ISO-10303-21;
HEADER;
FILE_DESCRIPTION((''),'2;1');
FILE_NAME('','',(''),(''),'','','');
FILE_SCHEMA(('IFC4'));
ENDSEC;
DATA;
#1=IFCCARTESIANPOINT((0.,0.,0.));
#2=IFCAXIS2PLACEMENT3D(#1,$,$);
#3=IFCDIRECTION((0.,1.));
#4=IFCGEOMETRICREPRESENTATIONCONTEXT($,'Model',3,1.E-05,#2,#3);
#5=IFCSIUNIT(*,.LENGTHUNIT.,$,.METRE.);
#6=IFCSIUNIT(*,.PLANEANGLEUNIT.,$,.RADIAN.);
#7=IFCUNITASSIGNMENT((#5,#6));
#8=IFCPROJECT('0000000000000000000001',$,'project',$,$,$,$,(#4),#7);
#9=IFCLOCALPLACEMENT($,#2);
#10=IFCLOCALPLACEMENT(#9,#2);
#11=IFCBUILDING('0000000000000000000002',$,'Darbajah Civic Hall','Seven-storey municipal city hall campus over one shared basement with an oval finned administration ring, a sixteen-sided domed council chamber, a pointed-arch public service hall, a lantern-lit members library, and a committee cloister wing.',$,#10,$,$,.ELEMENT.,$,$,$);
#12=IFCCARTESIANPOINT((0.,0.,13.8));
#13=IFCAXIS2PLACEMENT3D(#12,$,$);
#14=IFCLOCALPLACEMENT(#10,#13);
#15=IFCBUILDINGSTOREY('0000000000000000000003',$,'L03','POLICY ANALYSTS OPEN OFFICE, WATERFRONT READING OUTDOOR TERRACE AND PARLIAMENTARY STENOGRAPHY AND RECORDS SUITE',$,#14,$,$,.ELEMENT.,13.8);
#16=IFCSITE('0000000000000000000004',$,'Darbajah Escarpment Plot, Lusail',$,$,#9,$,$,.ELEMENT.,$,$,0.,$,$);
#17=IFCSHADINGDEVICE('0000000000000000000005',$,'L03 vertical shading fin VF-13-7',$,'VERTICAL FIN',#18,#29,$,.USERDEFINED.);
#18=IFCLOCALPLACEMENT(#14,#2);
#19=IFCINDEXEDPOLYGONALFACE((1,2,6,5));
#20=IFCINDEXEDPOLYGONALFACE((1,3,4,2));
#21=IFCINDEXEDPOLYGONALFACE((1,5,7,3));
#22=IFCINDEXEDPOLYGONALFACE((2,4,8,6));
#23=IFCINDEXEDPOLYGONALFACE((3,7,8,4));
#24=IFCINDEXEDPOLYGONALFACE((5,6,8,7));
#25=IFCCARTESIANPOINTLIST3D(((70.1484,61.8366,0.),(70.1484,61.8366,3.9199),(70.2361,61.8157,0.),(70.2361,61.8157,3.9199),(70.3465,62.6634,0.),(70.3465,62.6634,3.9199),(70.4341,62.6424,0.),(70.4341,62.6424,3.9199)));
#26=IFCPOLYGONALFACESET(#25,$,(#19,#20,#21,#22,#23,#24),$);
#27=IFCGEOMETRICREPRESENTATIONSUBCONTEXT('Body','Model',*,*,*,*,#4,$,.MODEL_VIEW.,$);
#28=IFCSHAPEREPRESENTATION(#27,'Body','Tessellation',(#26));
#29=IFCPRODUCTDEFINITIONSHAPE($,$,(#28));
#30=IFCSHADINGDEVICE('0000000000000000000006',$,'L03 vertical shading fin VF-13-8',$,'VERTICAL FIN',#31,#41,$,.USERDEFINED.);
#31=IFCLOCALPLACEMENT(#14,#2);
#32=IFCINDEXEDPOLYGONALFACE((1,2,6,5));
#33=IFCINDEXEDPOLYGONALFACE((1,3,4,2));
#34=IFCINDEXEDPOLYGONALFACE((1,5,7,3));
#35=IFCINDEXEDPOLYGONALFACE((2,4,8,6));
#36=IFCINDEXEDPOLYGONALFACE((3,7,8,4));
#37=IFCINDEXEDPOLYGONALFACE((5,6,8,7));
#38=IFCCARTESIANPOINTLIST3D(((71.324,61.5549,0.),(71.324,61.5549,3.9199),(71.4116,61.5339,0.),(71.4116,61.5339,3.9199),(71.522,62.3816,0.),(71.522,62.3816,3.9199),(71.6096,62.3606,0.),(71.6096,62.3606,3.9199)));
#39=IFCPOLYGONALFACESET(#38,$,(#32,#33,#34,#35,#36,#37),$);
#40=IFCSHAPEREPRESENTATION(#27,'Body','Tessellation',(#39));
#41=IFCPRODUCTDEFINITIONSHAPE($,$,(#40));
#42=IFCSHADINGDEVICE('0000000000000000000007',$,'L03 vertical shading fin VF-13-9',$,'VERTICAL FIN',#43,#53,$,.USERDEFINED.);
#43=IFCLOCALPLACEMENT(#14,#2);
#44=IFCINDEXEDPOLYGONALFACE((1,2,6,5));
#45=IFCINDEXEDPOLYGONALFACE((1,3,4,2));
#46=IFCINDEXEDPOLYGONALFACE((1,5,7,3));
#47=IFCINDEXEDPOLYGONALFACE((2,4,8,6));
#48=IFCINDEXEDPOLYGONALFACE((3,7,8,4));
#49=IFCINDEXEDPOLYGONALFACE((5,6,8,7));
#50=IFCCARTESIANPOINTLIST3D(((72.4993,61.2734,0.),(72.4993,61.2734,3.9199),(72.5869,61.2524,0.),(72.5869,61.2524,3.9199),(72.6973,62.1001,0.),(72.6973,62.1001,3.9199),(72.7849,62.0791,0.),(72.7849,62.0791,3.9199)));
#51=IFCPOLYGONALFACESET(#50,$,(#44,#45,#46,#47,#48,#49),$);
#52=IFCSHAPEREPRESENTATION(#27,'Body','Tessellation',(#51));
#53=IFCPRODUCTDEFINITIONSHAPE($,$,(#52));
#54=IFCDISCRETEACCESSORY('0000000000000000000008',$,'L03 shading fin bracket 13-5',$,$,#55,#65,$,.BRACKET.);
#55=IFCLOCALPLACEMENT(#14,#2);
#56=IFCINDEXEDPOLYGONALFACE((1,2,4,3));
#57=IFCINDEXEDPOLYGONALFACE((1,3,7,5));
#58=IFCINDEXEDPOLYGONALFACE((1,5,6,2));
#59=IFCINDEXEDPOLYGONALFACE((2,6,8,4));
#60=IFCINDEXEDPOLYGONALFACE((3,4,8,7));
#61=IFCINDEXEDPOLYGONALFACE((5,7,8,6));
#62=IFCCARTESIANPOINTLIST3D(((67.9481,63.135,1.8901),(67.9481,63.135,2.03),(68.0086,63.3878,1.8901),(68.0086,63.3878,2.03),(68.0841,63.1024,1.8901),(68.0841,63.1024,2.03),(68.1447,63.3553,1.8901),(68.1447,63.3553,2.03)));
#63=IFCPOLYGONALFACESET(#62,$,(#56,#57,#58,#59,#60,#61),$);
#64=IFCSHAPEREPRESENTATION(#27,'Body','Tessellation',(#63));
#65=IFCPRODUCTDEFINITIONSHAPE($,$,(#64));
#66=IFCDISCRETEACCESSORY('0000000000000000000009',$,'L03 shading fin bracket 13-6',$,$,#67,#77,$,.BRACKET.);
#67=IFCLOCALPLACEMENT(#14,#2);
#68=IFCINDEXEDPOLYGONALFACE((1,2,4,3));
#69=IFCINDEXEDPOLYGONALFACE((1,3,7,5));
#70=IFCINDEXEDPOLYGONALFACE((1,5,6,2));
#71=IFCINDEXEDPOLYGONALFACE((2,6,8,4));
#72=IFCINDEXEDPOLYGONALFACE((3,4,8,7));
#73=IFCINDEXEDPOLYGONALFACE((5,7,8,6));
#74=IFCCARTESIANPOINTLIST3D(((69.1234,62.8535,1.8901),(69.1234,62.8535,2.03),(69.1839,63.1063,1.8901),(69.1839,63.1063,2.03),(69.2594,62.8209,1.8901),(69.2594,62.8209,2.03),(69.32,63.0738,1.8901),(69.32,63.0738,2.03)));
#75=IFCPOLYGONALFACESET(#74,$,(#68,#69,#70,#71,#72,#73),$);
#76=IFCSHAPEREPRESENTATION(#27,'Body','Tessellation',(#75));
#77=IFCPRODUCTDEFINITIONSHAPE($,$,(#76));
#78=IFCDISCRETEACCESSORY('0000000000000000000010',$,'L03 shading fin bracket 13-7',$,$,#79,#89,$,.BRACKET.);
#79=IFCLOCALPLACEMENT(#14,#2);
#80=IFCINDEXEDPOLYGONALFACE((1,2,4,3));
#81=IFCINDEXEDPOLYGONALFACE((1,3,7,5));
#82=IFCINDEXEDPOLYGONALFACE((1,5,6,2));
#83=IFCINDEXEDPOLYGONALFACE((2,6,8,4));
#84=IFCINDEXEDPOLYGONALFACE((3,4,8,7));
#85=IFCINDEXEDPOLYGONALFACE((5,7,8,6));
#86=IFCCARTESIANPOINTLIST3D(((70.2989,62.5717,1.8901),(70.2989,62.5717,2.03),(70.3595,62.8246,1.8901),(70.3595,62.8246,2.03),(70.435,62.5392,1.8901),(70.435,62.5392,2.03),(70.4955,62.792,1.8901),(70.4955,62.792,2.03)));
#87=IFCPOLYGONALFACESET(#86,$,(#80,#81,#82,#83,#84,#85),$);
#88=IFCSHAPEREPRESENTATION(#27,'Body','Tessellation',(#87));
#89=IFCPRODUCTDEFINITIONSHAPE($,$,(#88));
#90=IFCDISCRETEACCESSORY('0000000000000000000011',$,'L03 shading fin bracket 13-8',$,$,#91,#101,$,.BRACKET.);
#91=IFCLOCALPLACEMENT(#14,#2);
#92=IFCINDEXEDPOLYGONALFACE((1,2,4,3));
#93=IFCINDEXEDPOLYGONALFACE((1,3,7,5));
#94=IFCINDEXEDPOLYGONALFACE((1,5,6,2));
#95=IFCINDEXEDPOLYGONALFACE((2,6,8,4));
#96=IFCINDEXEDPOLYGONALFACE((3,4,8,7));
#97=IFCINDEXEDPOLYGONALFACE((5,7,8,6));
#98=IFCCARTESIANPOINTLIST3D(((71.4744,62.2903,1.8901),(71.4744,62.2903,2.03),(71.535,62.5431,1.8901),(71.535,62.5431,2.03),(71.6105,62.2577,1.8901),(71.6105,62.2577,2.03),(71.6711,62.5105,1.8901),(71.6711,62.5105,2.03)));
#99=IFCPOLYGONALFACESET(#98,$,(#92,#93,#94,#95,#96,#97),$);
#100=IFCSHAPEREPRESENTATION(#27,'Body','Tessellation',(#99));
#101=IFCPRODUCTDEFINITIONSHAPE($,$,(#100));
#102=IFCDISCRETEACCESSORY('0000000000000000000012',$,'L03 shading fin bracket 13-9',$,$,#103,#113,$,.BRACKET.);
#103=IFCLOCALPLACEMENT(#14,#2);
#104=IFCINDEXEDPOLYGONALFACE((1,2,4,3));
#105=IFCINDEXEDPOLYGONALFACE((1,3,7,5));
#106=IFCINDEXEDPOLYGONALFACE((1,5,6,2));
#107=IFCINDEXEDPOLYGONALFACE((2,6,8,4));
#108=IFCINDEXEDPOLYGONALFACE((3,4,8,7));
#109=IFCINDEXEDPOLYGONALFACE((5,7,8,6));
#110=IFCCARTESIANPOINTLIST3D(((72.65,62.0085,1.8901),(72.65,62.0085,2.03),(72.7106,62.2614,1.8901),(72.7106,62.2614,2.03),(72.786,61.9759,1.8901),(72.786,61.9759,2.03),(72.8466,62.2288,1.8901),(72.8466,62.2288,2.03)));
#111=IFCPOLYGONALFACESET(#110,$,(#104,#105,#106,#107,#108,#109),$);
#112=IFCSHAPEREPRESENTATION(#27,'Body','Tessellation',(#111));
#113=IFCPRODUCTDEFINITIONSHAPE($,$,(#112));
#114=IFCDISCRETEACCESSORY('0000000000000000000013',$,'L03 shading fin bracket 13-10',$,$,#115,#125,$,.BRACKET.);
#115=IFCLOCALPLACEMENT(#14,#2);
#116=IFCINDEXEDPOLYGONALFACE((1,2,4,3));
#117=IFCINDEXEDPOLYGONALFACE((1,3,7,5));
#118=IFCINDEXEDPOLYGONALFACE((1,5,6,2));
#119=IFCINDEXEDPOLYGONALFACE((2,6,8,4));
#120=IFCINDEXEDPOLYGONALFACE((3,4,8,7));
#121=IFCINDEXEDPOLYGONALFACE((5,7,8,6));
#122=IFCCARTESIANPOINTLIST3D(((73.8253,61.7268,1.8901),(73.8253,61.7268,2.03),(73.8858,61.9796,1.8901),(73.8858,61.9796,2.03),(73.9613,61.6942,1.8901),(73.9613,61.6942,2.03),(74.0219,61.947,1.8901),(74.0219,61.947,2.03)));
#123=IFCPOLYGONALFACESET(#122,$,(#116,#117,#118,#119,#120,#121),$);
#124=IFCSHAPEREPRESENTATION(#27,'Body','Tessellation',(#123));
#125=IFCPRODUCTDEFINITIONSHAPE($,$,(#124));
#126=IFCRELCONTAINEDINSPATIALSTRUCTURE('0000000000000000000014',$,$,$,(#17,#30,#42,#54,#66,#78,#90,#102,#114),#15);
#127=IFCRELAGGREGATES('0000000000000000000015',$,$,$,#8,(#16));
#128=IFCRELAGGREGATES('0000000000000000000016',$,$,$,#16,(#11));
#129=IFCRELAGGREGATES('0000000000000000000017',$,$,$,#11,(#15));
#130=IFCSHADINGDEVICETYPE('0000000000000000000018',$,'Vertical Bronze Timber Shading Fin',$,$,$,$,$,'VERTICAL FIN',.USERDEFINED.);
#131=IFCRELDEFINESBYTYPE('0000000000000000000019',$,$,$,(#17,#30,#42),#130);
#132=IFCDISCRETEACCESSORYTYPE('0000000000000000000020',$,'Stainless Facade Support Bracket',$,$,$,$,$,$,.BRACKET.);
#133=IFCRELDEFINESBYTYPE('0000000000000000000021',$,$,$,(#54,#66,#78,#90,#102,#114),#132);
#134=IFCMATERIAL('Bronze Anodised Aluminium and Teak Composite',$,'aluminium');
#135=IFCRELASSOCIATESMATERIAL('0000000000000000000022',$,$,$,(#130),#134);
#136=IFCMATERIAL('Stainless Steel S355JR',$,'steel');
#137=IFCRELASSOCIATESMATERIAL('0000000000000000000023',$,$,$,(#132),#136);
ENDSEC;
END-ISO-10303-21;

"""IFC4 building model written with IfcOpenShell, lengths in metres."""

from ifc_helpers import new_model, si_unit, direction, frame, origin, origin_2d, place, context, subcontext, project, spatial, rectangle, extrude, material, type_object, element, save


model = new_model("IFC4")

# Units and contexts
model_context = context("Model", 3, precision=1e-05, world=origin(), true_north=direction((0.0, 1.0)))
body_context = subcontext(model_context, "Body", "Model", "MODEL_VIEW")
ifc_project = project(units=[si_unit("LENGTHUNIT", "METRE"), si_unit("PLANEANGLEUNIT", "RADIAN")], contexts=[model_context])

# Site, building, storey
site_placement = place(None, origin())
site = spatial("IfcSite", under=ifc_project, at=site_placement, Name="Darbajah Escarpment Plot, Lusail", CompositionType="ELEMENT", RefElevation=0.0)
building_placement = place(site_placement, origin())
building = spatial("IfcBuilding", under=site, at=building_placement, Name="Darbajah Civic Hall", Description="Seven-storey municipal city hall campus over one shared basement with an oval finned administration ring, a sixteen-sided domed council chamber, a pointed-arch public service hall, a lantern-lit members library, and a committee cloister wing.", CompositionType="ELEMENT")
storey_placement = place(building_placement, frame((0.0, 0.0, 13.8)))
storey = spatial("IfcBuildingStorey", under=building, at=storey_placement, Name="L03", Description="POLICY ANALYSTS OPEN OFFICE, WATERFRONT READING OUTDOOR TERRACE AND PARLIAMENTARY STENOGRAPHY AND RECORDS SUITE", CompositionType="ELEMENT", Elevation=13.8)

# Shading devices
ifc_material_1 = material(Name="Bronze Anodised Aluminium and Teak Composite", Category="aluminium")
shading_device_type = type_object("IfcShadingDeviceType", Name="Vertical Bronze Timber Shading Fin", ElementType="VERTICAL FIN", PredefinedType="USERDEFINED", material=ifc_material_1)
for number, where, z_axis, x_axis, name in (
    (1, (70.2913, 62.2395, 0.0), (0.0, 0.0, 1.0), (-0.232936, -0.972492, 0.0), "L03 vertical shading fin VF-13-7"),
    (2, (71.4668, 61.9578, 0.0), (0.0, 0.0, 1.0), (-0.232936, -0.972492, 0.0), "L03 vertical shading fin VF-13-8"),
    (3, (72.6421, 61.6763, 0.0), (0.0, 0.0, 1.0), (-0.232936, -0.972492, 0.0), "L03 vertical shading fin VF-13-9"),
):
    element("IfcShadingDevice", number, at=place(storey_placement, frame(where, z_axis=z_axis, x_axis=x_axis)), inside=storey, type_object=shading_device_type, Name=name, ObjectType="VERTICAL FIN", PredefinedType="USERDEFINED", context=body_context, shape_type="SweptSolid", body=[
        extrude(rectangle(XDim=0.8501, YDim=0.0901, at=origin_2d()), origin(), (0.0, 0.0, 1.0), 3.9199),
    ])

# Discrete accessories
ifc_material_2 = material(Name="Stainless Steel S355JR", Category="steel")
discrete_accessory_type = type_object("IfcDiscreteAccessoryType", Name="Stainless Facade Support Bracket", PredefinedType="BRACKET", material=ifc_material_2)
for number, where, z_axis, x_axis, name in (
    (4, (68.0464, 63.2451, 1.8901), (0.0, 0.0, 1.0), (-0.232936, -0.972492, 0.0), "L03 shading fin bracket 13-5"),
    (5, (69.2217, 62.9636, 1.8901), (0.0, 0.0, 1.0), (-0.232936, -0.972492, 0.0), "L03 shading fin bracket 13-6"),
    (6, (70.3972, 62.6819, 1.8901), (0.0, 0.0, 1.0), (-0.232936, -0.972492, 0.0), "L03 shading fin bracket 13-7"),
    (7, (71.5728, 62.4004, 1.8901), (0.0, 0.0, 1.0), (-0.232936, -0.972492, 0.0), "L03 shading fin bracket 13-8"),
    (8, (72.7483, 62.1187, 1.8901), (0.0, 0.0, 1.0), (-0.232936, -0.972492, 0.0), "L03 shading fin bracket 13-9"),
    (9, (73.9236, 61.8369, 1.8901), (0.0, 0.0, 1.0), (-0.232936, -0.972492, 0.0), "L03 shading fin bracket 13-10"),
):
    element("IfcDiscreteAccessory", number, at=place(storey_placement, frame(where, z_axis=z_axis, x_axis=x_axis)), inside=storey, type_object=discrete_accessory_type, Name=name, PredefinedType="BRACKET", context=body_context, shape_type="SweptSolid", body=[
        extrude(rectangle(XDim=0.26, YDim=0.1399, at=origin_2d()), origin(), (0.0, 0.0, 1.0), 0.1399),
    ])

save(model, "model.ifc")
